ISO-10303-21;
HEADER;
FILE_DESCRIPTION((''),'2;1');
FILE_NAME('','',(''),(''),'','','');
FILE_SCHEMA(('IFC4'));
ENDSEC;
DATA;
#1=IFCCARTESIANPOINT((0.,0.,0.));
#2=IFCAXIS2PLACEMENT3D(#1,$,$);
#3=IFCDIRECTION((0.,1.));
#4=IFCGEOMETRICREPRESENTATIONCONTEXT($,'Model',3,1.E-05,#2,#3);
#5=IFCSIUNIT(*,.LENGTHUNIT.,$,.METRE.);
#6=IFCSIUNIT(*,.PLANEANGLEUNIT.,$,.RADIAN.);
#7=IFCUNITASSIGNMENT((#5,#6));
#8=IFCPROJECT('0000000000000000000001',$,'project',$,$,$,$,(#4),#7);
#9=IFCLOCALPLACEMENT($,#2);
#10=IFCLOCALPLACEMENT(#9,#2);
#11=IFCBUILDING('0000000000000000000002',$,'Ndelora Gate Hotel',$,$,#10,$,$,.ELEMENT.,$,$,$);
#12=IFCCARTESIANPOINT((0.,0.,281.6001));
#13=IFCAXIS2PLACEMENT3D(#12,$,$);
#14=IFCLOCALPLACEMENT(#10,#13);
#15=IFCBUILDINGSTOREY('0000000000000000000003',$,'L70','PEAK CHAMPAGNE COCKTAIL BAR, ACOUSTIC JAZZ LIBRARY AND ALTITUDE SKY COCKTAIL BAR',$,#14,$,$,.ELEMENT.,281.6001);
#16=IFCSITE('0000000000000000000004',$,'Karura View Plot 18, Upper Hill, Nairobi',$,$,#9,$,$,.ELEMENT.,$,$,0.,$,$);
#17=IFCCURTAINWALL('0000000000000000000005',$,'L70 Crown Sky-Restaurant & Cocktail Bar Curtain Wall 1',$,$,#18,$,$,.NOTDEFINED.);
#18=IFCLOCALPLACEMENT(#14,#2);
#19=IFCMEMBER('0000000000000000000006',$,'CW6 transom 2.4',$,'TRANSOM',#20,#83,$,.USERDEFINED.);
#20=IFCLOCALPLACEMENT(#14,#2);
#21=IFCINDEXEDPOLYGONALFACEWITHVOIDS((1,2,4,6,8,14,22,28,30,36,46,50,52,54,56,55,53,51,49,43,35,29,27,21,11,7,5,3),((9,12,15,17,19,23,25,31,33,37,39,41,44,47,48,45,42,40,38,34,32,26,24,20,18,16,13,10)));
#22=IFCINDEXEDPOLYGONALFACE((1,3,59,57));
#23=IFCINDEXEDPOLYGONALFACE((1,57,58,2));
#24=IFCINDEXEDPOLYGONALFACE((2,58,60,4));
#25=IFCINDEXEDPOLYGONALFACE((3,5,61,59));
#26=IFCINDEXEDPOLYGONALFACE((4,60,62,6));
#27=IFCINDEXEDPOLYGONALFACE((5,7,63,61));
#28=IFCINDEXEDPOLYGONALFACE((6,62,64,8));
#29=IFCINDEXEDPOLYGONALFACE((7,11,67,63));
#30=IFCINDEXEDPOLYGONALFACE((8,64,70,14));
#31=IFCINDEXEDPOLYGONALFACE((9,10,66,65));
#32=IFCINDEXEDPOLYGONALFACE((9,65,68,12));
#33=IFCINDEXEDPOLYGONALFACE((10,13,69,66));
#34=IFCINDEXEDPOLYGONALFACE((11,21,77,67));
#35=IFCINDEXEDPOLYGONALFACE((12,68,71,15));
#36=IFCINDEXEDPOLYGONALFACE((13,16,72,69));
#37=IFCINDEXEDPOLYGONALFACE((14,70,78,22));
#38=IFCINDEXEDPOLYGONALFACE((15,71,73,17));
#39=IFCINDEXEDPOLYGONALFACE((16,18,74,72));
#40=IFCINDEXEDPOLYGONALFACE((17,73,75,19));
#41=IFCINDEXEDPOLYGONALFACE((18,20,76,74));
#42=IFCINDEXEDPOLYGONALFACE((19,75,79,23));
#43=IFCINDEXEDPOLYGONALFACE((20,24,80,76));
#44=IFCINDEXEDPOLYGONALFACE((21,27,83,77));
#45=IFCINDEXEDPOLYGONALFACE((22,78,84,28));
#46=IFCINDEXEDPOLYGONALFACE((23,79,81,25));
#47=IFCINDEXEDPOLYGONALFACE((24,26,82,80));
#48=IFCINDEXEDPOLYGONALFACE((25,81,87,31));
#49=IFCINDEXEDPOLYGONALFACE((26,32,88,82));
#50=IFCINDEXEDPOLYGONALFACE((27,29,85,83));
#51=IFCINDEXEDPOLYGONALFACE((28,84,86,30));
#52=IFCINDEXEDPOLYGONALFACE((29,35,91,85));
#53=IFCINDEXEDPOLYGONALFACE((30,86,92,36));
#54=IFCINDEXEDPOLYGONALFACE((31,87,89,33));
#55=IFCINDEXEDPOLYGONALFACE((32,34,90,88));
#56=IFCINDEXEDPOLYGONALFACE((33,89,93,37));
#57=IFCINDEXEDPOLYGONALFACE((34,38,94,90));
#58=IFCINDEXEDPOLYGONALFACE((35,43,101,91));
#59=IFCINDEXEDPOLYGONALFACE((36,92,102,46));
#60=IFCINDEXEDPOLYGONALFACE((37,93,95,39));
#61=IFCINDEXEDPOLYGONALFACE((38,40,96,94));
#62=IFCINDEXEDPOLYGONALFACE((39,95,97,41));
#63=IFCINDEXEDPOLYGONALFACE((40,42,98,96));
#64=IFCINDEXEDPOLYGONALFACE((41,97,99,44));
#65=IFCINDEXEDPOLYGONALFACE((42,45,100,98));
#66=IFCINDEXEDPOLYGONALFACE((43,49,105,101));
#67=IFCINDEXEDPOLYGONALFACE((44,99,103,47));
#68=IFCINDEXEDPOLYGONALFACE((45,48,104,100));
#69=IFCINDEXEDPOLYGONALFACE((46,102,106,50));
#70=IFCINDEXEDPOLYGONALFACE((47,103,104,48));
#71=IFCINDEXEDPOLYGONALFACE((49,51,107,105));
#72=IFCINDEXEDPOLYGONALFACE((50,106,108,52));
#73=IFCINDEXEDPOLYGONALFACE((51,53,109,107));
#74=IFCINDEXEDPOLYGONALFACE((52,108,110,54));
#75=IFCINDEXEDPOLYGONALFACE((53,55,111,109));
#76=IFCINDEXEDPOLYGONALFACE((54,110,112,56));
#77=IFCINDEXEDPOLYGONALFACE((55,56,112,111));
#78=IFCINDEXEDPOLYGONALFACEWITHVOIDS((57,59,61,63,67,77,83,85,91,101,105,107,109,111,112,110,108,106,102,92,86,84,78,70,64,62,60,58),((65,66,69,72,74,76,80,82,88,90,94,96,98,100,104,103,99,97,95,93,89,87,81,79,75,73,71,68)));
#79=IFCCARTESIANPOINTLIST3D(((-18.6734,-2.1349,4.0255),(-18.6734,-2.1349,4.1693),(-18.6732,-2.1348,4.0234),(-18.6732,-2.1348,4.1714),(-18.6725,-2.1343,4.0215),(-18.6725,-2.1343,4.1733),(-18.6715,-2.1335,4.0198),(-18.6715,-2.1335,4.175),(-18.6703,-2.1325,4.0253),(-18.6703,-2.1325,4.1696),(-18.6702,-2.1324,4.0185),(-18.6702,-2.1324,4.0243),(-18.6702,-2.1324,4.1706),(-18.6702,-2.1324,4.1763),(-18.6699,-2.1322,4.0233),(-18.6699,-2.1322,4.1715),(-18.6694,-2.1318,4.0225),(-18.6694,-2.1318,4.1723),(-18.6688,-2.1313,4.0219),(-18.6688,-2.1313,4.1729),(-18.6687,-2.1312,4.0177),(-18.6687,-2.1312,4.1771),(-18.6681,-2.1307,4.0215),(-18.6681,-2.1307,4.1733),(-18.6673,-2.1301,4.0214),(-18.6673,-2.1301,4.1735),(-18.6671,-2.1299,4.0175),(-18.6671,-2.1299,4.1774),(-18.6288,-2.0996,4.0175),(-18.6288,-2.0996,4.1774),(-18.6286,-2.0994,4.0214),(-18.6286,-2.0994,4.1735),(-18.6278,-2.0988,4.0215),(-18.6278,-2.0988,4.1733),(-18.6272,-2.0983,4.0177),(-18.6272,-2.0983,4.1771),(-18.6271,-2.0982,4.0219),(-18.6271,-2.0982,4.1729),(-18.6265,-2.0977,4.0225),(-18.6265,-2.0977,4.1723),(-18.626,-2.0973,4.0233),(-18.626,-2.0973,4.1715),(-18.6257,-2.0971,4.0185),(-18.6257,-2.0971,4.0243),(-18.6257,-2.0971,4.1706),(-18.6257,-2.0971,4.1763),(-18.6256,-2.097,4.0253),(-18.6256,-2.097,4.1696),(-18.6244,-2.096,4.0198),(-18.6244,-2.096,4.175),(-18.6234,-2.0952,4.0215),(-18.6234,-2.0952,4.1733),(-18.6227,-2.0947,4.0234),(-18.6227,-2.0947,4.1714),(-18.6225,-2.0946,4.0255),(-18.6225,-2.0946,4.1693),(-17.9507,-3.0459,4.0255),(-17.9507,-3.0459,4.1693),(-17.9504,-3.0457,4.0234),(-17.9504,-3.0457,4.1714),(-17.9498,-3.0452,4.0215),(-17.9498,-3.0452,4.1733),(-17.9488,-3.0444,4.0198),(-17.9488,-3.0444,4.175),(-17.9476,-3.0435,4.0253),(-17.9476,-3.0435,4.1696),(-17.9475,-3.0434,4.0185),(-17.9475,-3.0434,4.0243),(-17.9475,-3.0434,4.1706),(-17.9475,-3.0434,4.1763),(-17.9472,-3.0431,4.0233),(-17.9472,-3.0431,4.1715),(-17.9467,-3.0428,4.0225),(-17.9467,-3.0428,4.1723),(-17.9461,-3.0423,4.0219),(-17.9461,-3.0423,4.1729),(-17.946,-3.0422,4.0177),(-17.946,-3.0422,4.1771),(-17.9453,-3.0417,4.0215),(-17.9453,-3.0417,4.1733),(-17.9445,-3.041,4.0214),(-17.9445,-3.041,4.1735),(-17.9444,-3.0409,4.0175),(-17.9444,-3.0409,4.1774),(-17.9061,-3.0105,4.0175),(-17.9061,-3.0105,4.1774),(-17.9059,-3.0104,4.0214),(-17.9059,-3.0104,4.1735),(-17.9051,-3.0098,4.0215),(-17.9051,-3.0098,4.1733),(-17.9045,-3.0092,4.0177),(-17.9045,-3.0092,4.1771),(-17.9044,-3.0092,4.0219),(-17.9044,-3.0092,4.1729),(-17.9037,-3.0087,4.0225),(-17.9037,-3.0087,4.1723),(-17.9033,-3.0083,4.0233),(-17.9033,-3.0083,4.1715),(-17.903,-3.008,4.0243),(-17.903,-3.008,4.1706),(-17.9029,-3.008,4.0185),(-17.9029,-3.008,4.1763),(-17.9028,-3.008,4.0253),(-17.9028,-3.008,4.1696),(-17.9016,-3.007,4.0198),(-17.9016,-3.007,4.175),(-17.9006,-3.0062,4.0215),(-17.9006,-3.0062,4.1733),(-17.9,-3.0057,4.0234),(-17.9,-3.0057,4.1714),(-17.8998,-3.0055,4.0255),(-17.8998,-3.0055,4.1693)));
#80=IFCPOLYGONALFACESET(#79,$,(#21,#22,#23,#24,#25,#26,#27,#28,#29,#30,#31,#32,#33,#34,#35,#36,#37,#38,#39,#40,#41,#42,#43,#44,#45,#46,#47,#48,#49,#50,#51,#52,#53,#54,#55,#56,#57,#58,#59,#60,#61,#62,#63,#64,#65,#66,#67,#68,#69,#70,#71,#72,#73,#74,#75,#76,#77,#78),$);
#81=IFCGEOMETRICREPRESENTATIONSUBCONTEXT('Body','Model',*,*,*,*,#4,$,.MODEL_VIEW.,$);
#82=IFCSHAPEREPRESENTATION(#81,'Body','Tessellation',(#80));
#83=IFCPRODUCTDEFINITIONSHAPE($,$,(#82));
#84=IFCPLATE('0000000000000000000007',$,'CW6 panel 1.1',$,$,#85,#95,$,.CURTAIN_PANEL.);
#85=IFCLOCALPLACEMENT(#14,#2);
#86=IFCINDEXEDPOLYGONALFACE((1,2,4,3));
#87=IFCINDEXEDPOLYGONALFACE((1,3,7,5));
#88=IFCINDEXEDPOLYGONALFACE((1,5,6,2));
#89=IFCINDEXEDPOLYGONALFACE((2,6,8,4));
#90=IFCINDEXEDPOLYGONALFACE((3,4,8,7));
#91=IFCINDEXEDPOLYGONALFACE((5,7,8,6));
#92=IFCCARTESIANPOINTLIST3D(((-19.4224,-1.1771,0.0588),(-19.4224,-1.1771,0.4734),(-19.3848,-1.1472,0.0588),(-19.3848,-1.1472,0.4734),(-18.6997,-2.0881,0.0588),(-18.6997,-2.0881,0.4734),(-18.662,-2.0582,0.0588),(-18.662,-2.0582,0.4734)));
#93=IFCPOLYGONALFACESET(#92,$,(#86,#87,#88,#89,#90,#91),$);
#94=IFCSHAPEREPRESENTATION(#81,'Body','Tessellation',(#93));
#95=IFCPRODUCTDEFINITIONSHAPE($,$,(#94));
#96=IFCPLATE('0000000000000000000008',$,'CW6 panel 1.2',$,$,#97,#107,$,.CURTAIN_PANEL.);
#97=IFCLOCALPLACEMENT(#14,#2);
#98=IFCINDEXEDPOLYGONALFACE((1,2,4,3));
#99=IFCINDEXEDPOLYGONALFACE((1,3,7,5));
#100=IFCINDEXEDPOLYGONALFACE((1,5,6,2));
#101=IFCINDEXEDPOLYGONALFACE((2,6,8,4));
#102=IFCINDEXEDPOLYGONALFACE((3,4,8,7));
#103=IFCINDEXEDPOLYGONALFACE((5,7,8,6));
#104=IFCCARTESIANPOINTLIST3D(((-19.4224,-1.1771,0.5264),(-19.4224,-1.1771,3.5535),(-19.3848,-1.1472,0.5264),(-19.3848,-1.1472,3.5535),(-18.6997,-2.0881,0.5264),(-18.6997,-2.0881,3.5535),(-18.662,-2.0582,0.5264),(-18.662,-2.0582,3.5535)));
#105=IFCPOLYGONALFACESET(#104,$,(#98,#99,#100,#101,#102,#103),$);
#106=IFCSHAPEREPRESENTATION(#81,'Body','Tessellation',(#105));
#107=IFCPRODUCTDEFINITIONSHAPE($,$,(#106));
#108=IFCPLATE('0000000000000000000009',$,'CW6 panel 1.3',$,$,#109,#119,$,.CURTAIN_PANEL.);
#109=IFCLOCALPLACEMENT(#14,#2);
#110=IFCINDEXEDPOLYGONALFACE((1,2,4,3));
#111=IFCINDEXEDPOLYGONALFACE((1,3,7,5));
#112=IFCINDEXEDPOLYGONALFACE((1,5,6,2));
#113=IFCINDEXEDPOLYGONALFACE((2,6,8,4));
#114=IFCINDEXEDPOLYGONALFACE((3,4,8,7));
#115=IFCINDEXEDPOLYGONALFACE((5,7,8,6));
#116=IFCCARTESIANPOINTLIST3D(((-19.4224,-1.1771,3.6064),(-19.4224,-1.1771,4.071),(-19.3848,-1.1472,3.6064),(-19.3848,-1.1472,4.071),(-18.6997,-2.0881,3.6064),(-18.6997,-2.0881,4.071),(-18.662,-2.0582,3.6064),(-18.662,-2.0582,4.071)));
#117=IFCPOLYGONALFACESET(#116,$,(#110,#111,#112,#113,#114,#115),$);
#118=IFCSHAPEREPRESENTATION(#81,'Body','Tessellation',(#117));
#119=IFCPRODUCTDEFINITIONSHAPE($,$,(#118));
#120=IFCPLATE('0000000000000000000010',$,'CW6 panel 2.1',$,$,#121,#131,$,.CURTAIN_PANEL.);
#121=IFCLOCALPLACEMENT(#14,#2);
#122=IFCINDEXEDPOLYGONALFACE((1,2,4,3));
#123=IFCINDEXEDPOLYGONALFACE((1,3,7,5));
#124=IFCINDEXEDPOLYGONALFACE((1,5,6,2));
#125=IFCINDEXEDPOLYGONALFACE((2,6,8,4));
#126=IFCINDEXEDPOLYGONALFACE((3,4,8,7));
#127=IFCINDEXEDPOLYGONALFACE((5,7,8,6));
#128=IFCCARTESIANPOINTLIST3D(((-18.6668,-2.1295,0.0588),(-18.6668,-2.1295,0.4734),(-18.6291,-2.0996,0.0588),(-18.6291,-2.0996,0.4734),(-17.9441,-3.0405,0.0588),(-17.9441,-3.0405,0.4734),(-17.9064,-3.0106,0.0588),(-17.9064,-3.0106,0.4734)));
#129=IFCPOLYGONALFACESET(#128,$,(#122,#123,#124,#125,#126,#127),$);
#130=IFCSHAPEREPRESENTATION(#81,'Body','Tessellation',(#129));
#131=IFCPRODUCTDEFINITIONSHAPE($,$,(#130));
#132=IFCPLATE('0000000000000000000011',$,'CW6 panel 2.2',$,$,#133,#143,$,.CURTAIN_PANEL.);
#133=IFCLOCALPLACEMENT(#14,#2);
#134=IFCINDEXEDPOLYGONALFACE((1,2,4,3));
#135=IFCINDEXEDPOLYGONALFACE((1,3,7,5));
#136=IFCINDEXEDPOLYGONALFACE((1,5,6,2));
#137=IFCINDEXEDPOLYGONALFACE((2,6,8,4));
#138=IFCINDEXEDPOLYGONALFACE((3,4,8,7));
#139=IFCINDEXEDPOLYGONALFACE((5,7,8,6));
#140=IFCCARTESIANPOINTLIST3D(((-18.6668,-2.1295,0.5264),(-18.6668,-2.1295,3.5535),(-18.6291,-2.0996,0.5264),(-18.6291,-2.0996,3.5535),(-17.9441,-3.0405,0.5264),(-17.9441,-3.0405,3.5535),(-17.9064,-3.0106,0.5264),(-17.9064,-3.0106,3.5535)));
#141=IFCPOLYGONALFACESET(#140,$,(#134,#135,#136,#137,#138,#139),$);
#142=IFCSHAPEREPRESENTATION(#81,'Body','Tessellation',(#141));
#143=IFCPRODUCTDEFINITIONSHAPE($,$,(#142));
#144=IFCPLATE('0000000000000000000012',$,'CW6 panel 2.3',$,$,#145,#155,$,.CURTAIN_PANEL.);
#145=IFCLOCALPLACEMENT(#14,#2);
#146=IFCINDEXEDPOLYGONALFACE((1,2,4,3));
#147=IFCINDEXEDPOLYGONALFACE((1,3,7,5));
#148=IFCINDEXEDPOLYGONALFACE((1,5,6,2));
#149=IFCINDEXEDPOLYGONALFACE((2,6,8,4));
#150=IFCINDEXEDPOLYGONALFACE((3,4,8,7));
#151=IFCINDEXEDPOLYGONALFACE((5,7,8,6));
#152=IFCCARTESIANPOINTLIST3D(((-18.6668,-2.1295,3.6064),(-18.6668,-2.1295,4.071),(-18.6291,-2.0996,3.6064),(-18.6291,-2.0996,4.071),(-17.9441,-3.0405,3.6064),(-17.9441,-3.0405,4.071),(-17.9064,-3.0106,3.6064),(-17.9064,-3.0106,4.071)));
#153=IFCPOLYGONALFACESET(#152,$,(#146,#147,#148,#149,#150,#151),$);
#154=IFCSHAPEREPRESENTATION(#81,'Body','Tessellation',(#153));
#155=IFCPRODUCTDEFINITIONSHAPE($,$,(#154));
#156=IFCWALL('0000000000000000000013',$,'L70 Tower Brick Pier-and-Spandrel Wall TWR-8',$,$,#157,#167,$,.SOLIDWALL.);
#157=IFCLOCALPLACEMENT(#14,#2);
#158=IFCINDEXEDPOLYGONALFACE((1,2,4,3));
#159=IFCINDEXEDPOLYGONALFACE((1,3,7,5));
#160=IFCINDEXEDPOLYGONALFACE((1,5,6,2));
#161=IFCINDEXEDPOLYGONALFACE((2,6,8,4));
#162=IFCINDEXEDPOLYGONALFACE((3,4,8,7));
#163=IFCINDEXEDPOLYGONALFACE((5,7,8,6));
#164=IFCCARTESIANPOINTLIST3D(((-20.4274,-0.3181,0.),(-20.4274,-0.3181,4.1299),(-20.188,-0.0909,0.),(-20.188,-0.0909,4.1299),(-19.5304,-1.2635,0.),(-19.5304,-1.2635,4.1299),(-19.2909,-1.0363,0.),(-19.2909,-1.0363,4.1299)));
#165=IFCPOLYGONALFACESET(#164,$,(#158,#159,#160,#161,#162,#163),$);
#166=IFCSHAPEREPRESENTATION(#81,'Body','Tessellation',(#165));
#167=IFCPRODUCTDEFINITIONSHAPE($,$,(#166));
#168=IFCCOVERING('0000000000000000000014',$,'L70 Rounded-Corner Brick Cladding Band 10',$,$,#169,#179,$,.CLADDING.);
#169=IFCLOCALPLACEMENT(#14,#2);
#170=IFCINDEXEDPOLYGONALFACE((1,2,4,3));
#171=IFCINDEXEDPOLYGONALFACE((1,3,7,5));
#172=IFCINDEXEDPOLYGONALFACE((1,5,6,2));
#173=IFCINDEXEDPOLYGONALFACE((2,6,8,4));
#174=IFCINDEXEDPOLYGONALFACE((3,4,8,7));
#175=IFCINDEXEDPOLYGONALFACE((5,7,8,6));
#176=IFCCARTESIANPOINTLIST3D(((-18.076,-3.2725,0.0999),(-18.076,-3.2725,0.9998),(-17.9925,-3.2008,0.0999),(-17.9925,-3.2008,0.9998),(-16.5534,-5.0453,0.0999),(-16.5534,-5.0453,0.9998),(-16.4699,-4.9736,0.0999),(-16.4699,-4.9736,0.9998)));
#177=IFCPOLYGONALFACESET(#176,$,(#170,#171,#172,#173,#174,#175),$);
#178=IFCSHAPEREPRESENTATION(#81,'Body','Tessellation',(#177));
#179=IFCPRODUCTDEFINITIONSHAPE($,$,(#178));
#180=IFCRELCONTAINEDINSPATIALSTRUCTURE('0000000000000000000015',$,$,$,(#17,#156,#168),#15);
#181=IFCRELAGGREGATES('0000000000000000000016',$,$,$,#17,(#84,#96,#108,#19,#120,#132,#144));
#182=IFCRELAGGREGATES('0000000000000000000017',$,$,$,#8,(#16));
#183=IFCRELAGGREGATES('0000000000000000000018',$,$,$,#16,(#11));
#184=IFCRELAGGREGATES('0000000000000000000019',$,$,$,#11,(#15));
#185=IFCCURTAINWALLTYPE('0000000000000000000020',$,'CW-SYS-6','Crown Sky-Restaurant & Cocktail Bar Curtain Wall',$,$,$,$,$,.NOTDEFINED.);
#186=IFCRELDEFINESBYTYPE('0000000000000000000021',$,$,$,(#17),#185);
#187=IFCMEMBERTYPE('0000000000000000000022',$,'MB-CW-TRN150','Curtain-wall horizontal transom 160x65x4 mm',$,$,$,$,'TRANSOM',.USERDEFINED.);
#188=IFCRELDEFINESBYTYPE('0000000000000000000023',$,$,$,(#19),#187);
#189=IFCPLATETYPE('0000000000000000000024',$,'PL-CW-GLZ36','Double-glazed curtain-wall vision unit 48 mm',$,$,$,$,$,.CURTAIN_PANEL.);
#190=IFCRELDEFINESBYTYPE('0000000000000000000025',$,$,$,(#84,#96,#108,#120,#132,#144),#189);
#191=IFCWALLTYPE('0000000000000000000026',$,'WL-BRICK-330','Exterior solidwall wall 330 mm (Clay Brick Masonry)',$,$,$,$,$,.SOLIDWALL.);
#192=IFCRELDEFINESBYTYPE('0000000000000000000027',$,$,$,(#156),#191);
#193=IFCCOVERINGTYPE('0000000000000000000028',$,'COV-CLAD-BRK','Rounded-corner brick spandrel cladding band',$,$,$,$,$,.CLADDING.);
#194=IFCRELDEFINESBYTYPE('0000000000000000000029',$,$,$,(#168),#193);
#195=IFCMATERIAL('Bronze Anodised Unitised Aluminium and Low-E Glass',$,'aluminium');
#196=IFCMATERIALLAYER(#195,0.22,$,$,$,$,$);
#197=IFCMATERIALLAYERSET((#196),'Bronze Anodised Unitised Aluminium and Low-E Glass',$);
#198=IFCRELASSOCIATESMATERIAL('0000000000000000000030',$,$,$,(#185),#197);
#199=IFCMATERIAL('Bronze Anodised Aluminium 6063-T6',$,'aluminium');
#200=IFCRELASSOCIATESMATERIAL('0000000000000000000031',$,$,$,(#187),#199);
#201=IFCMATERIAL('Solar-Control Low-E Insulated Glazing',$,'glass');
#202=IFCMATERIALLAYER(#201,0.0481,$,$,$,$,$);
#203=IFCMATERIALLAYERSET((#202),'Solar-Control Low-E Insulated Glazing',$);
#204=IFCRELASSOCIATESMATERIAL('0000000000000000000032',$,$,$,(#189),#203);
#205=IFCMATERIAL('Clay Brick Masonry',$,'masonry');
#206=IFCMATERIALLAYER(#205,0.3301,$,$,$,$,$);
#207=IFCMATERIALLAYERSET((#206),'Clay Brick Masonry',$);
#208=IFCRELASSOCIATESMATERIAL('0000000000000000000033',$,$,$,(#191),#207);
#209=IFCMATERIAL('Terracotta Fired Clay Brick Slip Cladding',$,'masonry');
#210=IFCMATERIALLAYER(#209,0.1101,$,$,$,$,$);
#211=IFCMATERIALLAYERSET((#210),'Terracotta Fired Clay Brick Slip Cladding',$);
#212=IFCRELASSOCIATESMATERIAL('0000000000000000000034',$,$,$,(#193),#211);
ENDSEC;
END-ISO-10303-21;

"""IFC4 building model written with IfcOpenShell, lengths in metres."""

from ifc_helpers import new_model, si_unit, direction, frame, frame_2d, origin, origin_2d, place, context, subcontext, project, spatial, rectangle, hollow_rectangle, extrude, material, layer, layer_set, material_profile, profile_set, type_object, element, aggregate, save


model = new_model("IFC4")

# Units and contexts
model_context = context("Model", 3, precision=1e-05, world=origin(), true_north=direction((0.0, 1.0)))
body_context = subcontext(model_context, "Body", "Model", "MODEL_VIEW")
ifc_project = project(units=[si_unit("LENGTHUNIT", "METRE"), si_unit("PLANEANGLEUNIT", "RADIAN")], contexts=[model_context])

# Site, building, storey
site_placement = place(None, origin())
site = spatial("IfcSite", under=ifc_project, at=site_placement, Name="Karura View Plot 18, Upper Hill, Nairobi", CompositionType="ELEMENT", RefElevation=0.0)
building_placement = place(site_placement, origin())
building = spatial("IfcBuilding", under=site, at=building_placement, Name="Ndelora Gate Hotel", CompositionType="ELEMENT")
storey_placement = place(building_placement, frame((0.0, 0.0, 281.6001)))
storey = spatial("IfcBuildingStorey", under=building, at=storey_placement, Name="L70", Description="PEAK CHAMPAGNE COCKTAIL BAR, ACOUSTIC JAZZ LIBRARY AND ALTITUDE SKY COCKTAIL BAR", CompositionType="ELEMENT", Elevation=281.6001)

# Curtain wall, member, plates
ifc_material_1 = material(Name="Bronze Anodised Unitised Aluminium and Low-E Glass", Category="aluminium")
ifc_layer_1 = layer(ifc_material_1, 0.22)
ifc_layer_set_1 = layer_set([ifc_layer_1], Name="Bronze Anodised Unitised Aluminium and Low-E Glass")
curtain_wall_type = type_object("IfcCurtainWallType", Name="CW-SYS-6", Description="Crown Sky-Restaurant & Cocktail Bar Curtain Wall", PredefinedType="NOTDEFINED", material=ifc_layer_set_1)
curtain_wall_placement = place(storey_placement, origin())
curtain_wall = element("IfcCurtainWall", 1, at=curtain_wall_placement, inside=storey, type_object=curtain_wall_type, Name="L70 Crown Sky-Restaurant & Cocktail Bar Curtain Wall 1", PredefinedType="NOTDEFINED")
ifc_material_2 = material(Name="Bronze Anodised Aluminium 6063-T6", Category="aluminium")
ifc_material_profile_1 = material_profile(ifc_material_2, hollow_rectangle(XDim=0.0649, YDim=0.1599, WallThickness=0.0039, InnerFilletRadius=0.0039, OuterFilletRadius=0.0081, at=origin_2d()), Name="ALU 160x65x4")
ifc_profile_set_1 = profile_set([ifc_material_profile_1], Name="Bronze Anodised Aluminium 6063-T6")
member_type_1 = type_object("IfcMemberType", Name="MB-CW-TRN150", Description="Curtain-wall horizontal transom 160x65x4 mm", ElementType="TRANSOM", PredefinedType="USERDEFINED", material=ifc_profile_set_1)
member_1_placement = place(storey_placement, frame((-18.6479, -2.1147, 4.0974), z_axis=(0.621515, -0.783402, 0.0), x_axis=(0.783402, 0.621515, 0.0)))
member_1 = element("IfcMember", 2, at=member_1_placement, type_object=member_type_1, Name="CW6 transom 2.4", ObjectType="TRANSOM", PredefinedType="USERDEFINED", context=body_context, shape_type="SweptSolid", body=[
    extrude(hollow_rectangle(XDim=0.0649, YDim=0.1599, WallThickness=0.0039, InnerFilletRadius=0.0039, OuterFilletRadius=0.0081, at=origin_2d()), origin(), (0.0, 0.0, 1.0), 1.1628),
])
ifc_material_3 = material(Name="Solar-Control Low-E Insulated Glazing", Category="glass")
ifc_layer_2 = layer(ifc_material_3, 0.0481)
ifc_layer_set_2 = layer_set([ifc_layer_2], Name="Solar-Control Low-E Insulated Glazing")
plate_type = type_object("IfcPlateType", Name="PL-CW-GLZ36", Description="Double-glazed curtain-wall vision unit 48 mm", PredefinedType="CURTAIN_PANEL", material=ifc_layer_set_2)
plate_1_placement = place(storey_placement, frame((-19.0422, -1.6177, 0.0588), z_axis=(0.0, 0.0, 1.0), x_axis=(0.621505, -0.78341, 0.0)))
plate_1 = element("IfcPlate", 3, at=plate_1_placement, type_object=plate_type, Name="CW6 panel 1.1", PredefinedType="CURTAIN_PANEL", context=body_context, shape_type="SweptSolid", body=[
    extrude(rectangle(XDim=1.1628, YDim=0.0481, at=origin_2d()), origin(), (0.0, 0.0, 1.0), 0.4146),
])
plate_2_placement = place(storey_placement, frame((-19.0422, -1.6177, 0.5264), z_axis=(0.0, 0.0, 1.0), x_axis=(0.621505, -0.78341, 0.0)))
plate_2 = element("IfcPlate", 4, at=plate_2_placement, type_object=plate_type, Name="CW6 panel 1.2", PredefinedType="CURTAIN_PANEL", context=body_context, shape_type="SweptSolid", body=[
    extrude(rectangle(XDim=1.1628, YDim=0.0481, at=origin_2d()), origin(), (0.0, 0.0, 1.0), 3.0271),
])
plate_3_placement = place(storey_placement, frame((-19.0422, -1.6177, 3.6064), z_axis=(0.0, 0.0, 1.0), x_axis=(0.621505, -0.78341, 0.0)))
plate_3 = element("IfcPlate", 5, at=plate_3_placement, type_object=plate_type, Name="CW6 panel 1.3", PredefinedType="CURTAIN_PANEL", context=body_context, shape_type="SweptSolid", body=[
    extrude(rectangle(XDim=1.1628, YDim=0.0481, at=origin_2d()), origin(), (0.0, 0.0, 1.0), 0.4646),
])
plate_4_placement = place(storey_placement, frame((-18.2866, -2.5701, 0.0588), z_axis=(0.0, 0.0, 1.0), x_axis=(0.621505, -0.78341, 0.0)))
plate_4 = element("IfcPlate", 6, at=plate_4_placement, type_object=plate_type, Name="CW6 panel 2.1", PredefinedType="CURTAIN_PANEL", context=body_context, shape_type="SweptSolid", body=[
    extrude(rectangle(XDim=1.1628, YDim=0.0481, at=origin_2d()), origin(), (0.0, 0.0, 1.0), 0.4146),
])
plate_5_placement = place(storey_placement, frame((-18.2866, -2.5701, 0.5264), z_axis=(0.0, 0.0, 1.0), x_axis=(0.621505, -0.78341, 0.0)))
plate_5 = element("IfcPlate", 7, at=plate_5_placement, type_object=plate_type, Name="CW6 panel 2.2", PredefinedType="CURTAIN_PANEL", context=body_context, shape_type="SweptSolid", body=[
    extrude(rectangle(XDim=1.1628, YDim=0.0481, at=origin_2d()), origin(), (0.0, 0.0, 1.0), 3.0271),
])
plate_6_placement = place(storey_placement, frame((-18.2866, -2.5701, 3.6064), z_axis=(0.0, 0.0, 1.0), x_axis=(0.621505, -0.78341, 0.0)))
plate_6 = element("IfcPlate", 8, at=plate_6_placement, type_object=plate_type, Name="CW6 panel 2.3", PredefinedType="CURTAIN_PANEL", context=body_context, shape_type="SweptSolid", body=[
    extrude(rectangle(XDim=1.1628, YDim=0.0481, at=origin_2d()), origin(), (0.0, 0.0, 1.0), 0.4646),
])
aggregate(curtain_wall, [plate_1, plate_2, plate_3, member_1, plate_4, plate_5, plate_6])

# Wall
ifc_material_4 = material(Name="Clay Brick Masonry", Category="masonry")
ifc_layer_3 = layer(ifc_material_4, 0.3301)
ifc_layer_set_3 = layer_set([ifc_layer_3], Name="Clay Brick Masonry")
wall_type = type_object("IfcWallType", Name="WL-BRICK-330", Description="Exterior solidwall wall 330 mm (Clay Brick Masonry)", PredefinedType="SOLIDWALL", material=ifc_layer_set_3)
wall_placement = place(storey_placement, frame((-19.4106, -1.1499, 0.0), z_axis=(0.0, 0.0, 1.0), x_axis=(-0.688316, 0.725411, 0.0)))
element("IfcWall", 9, at=wall_placement, inside=storey, type_object=wall_type, Name="L70 Tower Brick Pier-and-Spandrel Wall TWR-8", PredefinedType="SOLIDWALL", context=body_context, shape_type="SweptSolid", body=[
    extrude(rectangle(XDim=1.3032, YDim=0.3301, at=frame_2d((0.6516, 0.0))), origin(), (0.0, 0.0, 1.0), 4.1299),
])

# Covering
ifc_material_5 = material(Name="Terracotta Fired Clay Brick Slip Cladding", Category="masonry")
ifc_layer_4 = layer(ifc_material_5, 0.1101)
ifc_layer_set_4 = layer_set([ifc_layer_4], Name="Terracotta Fired Clay Brick Slip Cladding")
covering_type = type_object("IfcCoveringType", Name="COV-CLAD-BRK", Description="Rounded-corner brick spandrel cladding band", PredefinedType="CLADDING", material=ifc_layer_set_4)
covering_placement = place(storey_placement, frame((-17.2729, -4.123, 0.0999), z_axis=(0.0, 0.0, 1.0), x_axis=(-0.651569, 0.758589, 0.0)))
element("IfcCovering", 10, at=covering_placement, inside=storey, type_object=covering_type, Name="L70 Rounded-Corner Brick Cladding Band 10", PredefinedType="CLADDING", context=body_context, shape_type="SweptSolid", body=[
    extrude(rectangle(XDim=2.3369, YDim=0.1101, at=origin_2d()), origin(), (0.0, 0.0, 1.0), 0.8999),
])

save(model, "model.ifc")
